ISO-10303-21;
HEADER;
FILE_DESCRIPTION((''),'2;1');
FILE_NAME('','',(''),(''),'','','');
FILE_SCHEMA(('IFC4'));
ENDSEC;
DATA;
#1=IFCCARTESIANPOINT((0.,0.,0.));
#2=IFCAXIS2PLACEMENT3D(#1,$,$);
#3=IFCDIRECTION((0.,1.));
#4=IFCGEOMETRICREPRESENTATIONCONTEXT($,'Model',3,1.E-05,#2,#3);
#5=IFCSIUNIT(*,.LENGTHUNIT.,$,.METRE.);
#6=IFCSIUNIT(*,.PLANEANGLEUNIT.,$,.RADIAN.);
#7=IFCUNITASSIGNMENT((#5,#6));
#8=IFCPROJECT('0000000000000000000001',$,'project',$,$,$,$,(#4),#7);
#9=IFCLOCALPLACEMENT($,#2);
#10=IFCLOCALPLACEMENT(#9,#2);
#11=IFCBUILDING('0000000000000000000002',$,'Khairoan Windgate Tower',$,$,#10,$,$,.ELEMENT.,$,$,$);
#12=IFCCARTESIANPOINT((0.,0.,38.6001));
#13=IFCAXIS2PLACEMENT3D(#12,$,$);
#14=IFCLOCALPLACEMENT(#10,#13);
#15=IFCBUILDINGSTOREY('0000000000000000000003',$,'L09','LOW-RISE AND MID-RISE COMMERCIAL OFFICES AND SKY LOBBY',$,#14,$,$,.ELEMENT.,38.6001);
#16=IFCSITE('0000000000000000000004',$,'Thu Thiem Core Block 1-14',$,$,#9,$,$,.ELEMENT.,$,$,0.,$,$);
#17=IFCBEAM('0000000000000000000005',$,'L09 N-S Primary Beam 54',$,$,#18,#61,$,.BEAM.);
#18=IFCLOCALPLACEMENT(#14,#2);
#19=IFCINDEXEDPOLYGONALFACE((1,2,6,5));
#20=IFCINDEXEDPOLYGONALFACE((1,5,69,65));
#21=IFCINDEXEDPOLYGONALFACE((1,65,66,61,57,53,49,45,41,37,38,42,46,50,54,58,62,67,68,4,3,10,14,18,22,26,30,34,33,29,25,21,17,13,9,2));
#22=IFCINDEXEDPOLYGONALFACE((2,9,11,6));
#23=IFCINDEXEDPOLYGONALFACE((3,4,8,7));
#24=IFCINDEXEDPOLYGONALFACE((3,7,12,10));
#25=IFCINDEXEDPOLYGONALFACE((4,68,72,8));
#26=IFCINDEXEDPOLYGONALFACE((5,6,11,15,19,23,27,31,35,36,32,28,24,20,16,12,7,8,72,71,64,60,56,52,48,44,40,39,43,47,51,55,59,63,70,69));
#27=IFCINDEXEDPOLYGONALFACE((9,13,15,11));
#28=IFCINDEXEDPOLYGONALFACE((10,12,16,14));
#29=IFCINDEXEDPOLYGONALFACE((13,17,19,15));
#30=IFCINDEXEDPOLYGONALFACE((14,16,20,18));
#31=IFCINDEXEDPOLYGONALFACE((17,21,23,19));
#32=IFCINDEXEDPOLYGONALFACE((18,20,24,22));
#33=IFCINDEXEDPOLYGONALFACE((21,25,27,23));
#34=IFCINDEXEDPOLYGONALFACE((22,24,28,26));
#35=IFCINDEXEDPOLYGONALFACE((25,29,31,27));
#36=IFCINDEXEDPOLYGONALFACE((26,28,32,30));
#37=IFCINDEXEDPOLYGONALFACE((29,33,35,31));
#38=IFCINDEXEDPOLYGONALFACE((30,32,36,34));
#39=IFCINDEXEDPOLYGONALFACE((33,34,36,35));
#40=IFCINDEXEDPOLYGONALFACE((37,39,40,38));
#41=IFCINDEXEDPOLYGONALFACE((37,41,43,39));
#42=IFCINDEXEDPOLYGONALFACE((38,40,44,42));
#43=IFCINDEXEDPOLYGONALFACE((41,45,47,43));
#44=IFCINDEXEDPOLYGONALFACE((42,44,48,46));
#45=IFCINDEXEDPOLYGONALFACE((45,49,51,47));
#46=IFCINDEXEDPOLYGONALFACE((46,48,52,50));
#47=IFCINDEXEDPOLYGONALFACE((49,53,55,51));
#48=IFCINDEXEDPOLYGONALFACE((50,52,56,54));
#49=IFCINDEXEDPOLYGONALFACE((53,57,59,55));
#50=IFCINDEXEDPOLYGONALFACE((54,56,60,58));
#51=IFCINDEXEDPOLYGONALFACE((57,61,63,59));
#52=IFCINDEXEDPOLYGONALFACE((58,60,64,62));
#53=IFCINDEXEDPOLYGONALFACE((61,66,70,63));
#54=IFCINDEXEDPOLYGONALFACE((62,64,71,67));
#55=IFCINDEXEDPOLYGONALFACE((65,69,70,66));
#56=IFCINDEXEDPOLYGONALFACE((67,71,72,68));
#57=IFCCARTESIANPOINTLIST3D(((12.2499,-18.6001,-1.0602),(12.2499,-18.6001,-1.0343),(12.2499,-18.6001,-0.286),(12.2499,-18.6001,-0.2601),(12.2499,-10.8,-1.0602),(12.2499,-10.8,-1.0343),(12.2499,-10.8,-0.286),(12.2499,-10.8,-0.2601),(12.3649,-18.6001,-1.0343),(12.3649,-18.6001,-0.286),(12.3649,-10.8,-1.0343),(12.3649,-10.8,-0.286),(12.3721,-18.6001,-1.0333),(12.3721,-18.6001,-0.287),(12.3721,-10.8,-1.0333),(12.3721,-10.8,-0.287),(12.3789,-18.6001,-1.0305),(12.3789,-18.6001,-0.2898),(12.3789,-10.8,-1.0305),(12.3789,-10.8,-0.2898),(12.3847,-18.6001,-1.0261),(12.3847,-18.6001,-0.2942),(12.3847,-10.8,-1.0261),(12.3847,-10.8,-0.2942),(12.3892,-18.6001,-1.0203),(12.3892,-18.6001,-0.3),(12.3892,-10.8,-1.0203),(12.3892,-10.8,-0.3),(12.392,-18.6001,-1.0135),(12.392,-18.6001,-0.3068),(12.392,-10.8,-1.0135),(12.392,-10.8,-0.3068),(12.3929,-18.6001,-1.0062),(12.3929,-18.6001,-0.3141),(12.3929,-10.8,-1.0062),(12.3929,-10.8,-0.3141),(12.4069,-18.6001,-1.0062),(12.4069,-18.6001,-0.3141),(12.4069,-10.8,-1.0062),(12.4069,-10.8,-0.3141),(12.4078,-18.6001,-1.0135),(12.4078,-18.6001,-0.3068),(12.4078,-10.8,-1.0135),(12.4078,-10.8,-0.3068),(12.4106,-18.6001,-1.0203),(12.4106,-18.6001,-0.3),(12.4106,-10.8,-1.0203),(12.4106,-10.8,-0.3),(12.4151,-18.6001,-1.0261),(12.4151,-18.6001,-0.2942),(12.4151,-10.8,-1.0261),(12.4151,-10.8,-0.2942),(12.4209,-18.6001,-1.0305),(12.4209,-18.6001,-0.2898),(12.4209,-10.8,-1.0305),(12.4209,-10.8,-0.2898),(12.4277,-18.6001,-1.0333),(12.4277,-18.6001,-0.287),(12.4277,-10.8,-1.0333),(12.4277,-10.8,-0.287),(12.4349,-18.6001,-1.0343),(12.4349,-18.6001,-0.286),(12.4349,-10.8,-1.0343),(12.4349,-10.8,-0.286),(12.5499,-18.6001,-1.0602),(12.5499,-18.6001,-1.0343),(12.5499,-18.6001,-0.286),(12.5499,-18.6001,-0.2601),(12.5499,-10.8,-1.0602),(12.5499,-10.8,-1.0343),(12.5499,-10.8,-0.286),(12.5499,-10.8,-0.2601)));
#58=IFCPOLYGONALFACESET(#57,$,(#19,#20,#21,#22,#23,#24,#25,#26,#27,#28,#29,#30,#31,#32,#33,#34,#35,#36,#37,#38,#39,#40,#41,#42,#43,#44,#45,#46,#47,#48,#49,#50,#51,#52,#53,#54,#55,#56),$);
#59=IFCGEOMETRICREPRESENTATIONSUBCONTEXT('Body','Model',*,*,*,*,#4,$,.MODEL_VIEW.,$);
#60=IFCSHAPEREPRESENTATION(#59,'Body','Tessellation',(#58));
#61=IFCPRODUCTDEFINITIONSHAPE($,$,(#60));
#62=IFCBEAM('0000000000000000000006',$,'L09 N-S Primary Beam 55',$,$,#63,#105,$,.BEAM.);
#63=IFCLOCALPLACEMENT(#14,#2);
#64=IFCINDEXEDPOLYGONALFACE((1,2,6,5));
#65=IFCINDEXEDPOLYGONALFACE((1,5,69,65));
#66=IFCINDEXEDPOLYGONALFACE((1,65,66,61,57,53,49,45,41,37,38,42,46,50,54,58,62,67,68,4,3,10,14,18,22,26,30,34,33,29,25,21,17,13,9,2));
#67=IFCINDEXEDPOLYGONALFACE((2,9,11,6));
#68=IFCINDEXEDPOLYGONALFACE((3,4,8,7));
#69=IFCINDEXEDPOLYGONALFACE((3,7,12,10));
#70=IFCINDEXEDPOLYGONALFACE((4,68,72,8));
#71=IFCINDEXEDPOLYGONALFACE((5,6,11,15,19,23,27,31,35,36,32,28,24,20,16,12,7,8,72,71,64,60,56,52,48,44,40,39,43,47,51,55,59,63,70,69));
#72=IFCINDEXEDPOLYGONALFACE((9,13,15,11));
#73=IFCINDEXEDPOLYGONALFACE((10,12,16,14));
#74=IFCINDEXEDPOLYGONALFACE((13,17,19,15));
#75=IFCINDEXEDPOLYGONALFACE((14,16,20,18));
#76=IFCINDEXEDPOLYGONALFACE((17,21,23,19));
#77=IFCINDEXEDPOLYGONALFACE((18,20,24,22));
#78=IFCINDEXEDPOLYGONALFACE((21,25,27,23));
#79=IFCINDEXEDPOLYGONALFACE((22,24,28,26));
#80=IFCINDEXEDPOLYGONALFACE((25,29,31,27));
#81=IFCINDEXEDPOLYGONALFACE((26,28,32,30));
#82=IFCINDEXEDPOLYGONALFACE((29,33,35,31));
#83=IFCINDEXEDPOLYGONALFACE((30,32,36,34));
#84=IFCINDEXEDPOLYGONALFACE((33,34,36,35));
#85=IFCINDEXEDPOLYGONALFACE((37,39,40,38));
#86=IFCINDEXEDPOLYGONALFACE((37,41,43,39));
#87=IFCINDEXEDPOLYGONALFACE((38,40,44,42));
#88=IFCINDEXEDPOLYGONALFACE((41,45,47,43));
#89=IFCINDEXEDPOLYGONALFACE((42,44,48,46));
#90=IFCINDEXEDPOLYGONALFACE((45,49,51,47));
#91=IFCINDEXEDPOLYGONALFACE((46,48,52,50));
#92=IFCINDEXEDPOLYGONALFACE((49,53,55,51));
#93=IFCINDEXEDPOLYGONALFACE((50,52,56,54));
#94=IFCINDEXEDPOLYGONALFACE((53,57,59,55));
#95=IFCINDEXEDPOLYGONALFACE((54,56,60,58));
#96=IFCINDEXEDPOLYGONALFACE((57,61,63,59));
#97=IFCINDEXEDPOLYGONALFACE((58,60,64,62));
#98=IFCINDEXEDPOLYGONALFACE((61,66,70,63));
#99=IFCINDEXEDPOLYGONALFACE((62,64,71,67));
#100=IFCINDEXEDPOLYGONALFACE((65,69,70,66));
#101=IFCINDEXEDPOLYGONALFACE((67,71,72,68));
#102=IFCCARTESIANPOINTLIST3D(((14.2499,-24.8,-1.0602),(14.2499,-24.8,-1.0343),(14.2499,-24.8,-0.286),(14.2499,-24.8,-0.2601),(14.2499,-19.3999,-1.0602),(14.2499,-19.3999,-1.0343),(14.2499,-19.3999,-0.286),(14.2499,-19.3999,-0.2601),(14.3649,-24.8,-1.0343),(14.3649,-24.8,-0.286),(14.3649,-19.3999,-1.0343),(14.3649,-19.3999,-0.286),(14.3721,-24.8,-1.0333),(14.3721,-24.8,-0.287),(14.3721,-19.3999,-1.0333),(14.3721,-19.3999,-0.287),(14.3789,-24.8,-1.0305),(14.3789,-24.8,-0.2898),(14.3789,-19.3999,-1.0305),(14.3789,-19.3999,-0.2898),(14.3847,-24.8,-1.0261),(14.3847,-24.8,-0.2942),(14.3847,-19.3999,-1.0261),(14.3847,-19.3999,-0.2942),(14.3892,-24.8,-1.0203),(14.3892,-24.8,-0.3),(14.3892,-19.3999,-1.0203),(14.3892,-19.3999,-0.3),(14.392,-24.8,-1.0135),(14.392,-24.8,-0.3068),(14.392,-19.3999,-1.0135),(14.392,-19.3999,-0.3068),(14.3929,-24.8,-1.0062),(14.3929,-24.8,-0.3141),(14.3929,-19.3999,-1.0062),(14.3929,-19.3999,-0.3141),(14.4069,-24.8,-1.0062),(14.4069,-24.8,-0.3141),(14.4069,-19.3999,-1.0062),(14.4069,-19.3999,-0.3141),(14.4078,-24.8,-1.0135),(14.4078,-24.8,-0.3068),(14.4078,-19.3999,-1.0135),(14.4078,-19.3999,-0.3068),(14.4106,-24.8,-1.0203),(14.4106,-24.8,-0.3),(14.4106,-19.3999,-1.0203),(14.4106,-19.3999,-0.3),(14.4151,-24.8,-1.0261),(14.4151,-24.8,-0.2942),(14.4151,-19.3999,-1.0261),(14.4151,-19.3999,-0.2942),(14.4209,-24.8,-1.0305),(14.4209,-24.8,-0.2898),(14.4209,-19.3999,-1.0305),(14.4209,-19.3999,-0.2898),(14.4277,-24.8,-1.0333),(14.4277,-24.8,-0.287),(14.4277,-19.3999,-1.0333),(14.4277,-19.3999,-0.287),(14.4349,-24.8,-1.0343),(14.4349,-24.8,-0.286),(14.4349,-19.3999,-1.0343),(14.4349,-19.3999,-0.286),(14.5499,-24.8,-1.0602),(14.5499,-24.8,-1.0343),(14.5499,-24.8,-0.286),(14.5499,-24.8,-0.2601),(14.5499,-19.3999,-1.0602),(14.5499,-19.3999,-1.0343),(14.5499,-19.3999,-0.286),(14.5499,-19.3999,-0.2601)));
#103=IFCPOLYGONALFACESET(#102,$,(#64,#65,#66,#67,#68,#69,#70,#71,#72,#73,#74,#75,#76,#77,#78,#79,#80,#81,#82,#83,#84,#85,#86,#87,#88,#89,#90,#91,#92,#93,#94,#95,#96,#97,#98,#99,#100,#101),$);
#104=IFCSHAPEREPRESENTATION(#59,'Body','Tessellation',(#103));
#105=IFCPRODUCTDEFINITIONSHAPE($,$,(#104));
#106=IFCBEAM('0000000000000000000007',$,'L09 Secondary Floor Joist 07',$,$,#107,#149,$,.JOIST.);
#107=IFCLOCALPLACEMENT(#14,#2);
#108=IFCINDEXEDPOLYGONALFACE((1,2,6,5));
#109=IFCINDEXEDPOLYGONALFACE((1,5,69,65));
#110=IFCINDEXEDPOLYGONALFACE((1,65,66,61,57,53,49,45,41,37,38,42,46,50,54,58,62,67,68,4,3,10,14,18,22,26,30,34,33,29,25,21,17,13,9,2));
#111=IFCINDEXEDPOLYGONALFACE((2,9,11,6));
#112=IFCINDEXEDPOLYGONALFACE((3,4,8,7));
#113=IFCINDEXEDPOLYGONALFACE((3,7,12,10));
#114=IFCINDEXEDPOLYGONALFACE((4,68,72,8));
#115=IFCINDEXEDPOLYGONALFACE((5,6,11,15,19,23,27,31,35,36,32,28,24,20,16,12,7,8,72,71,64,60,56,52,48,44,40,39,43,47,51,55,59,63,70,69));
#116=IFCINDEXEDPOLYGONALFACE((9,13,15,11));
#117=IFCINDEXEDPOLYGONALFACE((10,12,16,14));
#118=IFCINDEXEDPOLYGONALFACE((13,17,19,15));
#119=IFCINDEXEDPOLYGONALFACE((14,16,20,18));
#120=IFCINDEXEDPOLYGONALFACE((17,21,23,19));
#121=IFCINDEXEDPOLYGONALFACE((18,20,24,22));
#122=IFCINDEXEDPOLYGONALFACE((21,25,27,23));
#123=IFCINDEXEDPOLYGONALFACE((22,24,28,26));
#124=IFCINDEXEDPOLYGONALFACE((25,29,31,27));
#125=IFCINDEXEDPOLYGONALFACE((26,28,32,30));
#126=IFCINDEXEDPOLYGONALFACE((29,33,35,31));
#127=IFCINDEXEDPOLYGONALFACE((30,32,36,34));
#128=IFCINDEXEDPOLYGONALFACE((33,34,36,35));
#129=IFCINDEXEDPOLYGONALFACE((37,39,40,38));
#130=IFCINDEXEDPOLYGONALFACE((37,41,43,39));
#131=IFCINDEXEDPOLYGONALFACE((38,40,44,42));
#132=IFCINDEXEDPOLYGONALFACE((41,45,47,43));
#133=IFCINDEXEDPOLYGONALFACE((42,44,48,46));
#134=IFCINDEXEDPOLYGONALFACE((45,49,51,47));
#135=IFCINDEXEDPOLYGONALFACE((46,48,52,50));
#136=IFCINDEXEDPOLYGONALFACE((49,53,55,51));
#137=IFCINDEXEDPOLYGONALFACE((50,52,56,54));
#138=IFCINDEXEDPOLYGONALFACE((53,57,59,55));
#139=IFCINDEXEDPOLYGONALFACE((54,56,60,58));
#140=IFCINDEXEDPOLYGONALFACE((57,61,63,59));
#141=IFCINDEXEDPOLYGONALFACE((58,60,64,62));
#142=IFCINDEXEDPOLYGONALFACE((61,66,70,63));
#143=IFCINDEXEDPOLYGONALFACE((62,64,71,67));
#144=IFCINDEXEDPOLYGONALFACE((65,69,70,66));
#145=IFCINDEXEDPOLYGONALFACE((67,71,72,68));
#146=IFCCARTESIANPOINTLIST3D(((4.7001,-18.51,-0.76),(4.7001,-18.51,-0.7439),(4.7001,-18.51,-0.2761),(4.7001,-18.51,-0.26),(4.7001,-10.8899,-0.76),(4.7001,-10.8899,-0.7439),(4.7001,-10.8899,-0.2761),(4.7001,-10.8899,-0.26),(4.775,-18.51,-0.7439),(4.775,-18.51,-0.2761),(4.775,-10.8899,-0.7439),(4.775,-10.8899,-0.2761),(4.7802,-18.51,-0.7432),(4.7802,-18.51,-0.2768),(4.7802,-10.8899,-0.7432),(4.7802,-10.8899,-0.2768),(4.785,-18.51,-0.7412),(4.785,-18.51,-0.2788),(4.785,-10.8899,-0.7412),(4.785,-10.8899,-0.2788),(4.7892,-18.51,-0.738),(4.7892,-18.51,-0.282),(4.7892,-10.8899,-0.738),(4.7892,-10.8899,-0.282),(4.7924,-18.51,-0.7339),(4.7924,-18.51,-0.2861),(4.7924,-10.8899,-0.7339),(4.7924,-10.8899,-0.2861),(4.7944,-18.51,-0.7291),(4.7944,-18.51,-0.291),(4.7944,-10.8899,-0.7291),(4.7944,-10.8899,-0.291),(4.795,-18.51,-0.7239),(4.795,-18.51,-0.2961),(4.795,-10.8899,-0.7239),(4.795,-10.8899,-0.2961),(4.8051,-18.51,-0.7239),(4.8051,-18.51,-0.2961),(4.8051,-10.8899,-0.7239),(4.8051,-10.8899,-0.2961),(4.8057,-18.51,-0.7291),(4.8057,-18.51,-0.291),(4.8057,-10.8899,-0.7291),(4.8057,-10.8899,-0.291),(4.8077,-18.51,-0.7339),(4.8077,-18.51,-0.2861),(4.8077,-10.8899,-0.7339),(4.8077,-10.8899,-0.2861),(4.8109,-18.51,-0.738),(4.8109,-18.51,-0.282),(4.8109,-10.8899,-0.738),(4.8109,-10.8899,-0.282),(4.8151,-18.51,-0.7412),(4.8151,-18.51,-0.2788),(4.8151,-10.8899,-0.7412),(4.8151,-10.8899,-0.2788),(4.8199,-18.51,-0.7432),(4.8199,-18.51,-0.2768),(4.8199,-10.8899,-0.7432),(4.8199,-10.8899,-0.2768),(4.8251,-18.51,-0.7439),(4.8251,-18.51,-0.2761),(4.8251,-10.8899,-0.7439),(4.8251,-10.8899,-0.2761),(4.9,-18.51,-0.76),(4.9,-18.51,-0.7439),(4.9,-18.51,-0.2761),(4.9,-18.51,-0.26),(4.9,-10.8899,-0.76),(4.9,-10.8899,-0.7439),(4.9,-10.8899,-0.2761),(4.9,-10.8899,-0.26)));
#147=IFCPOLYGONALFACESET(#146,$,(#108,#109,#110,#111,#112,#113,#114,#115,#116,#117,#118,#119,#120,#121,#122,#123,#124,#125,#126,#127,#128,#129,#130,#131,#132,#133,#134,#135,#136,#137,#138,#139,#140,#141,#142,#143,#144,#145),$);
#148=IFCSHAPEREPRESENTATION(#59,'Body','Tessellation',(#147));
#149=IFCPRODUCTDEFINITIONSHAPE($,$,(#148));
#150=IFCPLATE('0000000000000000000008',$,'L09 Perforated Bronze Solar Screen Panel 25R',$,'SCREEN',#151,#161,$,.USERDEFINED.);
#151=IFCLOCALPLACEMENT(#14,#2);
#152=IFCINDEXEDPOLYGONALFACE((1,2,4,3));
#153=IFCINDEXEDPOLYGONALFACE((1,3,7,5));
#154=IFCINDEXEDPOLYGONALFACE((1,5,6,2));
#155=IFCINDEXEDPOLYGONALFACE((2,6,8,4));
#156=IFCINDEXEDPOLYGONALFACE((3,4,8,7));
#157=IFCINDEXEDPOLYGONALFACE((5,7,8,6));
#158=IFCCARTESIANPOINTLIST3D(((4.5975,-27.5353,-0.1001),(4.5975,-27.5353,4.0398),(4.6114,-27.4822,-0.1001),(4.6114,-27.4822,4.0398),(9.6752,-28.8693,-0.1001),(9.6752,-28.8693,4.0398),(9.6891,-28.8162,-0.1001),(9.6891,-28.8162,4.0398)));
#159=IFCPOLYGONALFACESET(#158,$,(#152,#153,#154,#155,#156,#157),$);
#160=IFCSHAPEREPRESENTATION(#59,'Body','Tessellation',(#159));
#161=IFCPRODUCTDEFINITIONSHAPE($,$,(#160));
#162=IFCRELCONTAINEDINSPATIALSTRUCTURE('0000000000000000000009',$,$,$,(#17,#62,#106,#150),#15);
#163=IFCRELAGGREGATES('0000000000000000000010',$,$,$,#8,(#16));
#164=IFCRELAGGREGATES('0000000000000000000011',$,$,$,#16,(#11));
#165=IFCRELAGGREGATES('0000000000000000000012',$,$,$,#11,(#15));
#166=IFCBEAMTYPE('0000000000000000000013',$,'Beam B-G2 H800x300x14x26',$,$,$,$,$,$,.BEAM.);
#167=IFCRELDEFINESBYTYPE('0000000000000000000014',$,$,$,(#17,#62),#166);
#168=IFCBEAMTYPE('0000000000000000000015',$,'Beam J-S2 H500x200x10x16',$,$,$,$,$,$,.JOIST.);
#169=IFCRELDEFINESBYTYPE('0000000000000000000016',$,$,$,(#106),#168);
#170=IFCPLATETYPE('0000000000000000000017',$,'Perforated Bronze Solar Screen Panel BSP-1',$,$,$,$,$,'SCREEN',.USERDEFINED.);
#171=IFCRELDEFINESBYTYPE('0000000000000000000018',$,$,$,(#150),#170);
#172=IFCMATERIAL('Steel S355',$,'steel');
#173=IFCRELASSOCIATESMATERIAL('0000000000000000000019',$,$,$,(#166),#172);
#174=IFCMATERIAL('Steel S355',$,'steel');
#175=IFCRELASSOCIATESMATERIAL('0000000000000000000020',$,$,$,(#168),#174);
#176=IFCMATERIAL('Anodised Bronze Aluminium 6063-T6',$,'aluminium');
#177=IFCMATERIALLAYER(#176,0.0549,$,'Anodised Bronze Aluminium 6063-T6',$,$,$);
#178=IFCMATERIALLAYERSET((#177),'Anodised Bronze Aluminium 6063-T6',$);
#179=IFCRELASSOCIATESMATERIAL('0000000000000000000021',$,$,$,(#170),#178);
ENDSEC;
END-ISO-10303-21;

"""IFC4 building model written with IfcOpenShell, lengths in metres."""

from ifc_helpers import new_model, si_unit, direction, frame, origin, origin_2d, place, context, subcontext, project, spatial, rectangle, i_section, extrude, material, layer, layer_set, material_profile, profile_set, type_object, element, save


model = new_model("IFC4")

# Units and contexts
model_context = context("Model", 3, precision=1e-05, world=origin(), true_north=direction((0.0, 1.0)))
body_context = subcontext(model_context, "Body", "Model", "MODEL_VIEW")
ifc_project = project(units=[si_unit("LENGTHUNIT", "METRE"), si_unit("PLANEANGLEUNIT", "RADIAN")], contexts=[model_context])

# Site, building, storey
site_placement = place(None, origin())
site = spatial("IfcSite", under=ifc_project, at=site_placement, Name="Thu Thiem Core Block 1-14", CompositionType="ELEMENT", RefElevation=0.0)
building_placement = place(site_placement, origin())
building = spatial("IfcBuilding", under=site, at=building_placement, Name="Khairoan Windgate Tower", CompositionType="ELEMENT")
storey_placement = place(building_placement, frame((0.0, 0.0, 38.6001)))
storey = spatial("IfcBuildingStorey", under=building, at=storey_placement, Name="L09", Description="LOW-RISE AND MID-RISE COMMERCIAL OFFICES AND SKY LOBBY", CompositionType="ELEMENT", Elevation=38.6001)

# Beams
ifc_material_1 = material(Name="Steel S355", Category="steel")
ifc_material_profile_1 = material_profile(ifc_material_1, i_section(OverallWidth=0.3, OverallDepth=0.8, WebThickness=0.0139, FlangeThickness=0.0259, FilletRadius=0.0281, at=origin_2d()))
ifc_profile_set_1 = profile_set([ifc_material_profile_1], Name="Steel S355")
beam_type_1 = type_object("IfcBeamType", Name="Beam B-G2 H800x300x14x26", PredefinedType="BEAM", material=ifc_profile_set_1)
for number, where, z_axis, x_axis, name in (
    (1, (12.3999, -18.6001, -0.6602), (0.0, 1.0, 0.0), (-1.0, 0.0, 0.0), "L09 N-S Primary Beam 54"),
):
    element("IfcBeam", number, at=place(storey_placement, frame(where, z_axis=z_axis, x_axis=x_axis)), inside=storey, type_object=beam_type_1, Name=name, PredefinedType="BEAM", context=body_context, shape_type="SweptSolid", body=[
        extrude(i_section(OverallWidth=0.3, OverallDepth=0.8, WebThickness=0.0139, FlangeThickness=0.0259, FilletRadius=0.0281, at=origin_2d()), origin(), (0.0, 0.0, 1.0), 7.8),
    ])
beam_1_placement = place(storey_placement, frame((14.3999, -24.8, -0.6602), z_axis=(0.0, 1.0, 0.0), x_axis=(-1.0, 0.0, 0.0)))
element("IfcBeam", 2, at=beam_1_placement, inside=storey, type_object=beam_type_1, Name="L09 N-S Primary Beam 55", PredefinedType="BEAM", context=body_context, shape_type="SweptSolid", body=[
    extrude(i_section(OverallWidth=0.3, OverallDepth=0.8, WebThickness=0.0139, FlangeThickness=0.0259, FilletRadius=0.0281, at=origin_2d()), origin(), (0.0, 0.0, 1.0), 5.4001),
])
ifc_material_2 = material(Name="Steel S355", Category="steel")
ifc_material_profile_2 = material_profile(ifc_material_2, i_section(OverallWidth=0.2, OverallDepth=0.5, WebThickness=0.01, FlangeThickness=0.0161, FilletRadius=0.02, at=origin_2d()))
ifc_profile_set_2 = profile_set([ifc_material_profile_2], Name="Steel S355")
beam_type_2 = type_object("IfcBeamType", Name="Beam J-S2 H500x200x10x16", PredefinedType="JOIST", material=ifc_profile_set_2)
beam_2_placement = place(storey_placement, frame((4.8, -18.51, -0.51), z_axis=(0.0, 1.0, 0.0), x_axis=(-1.0, 0.0, 0.0)))
element("IfcBeam", 3, at=beam_2_placement, inside=storey, type_object=beam_type_2, Name="L09 Secondary Floor Joist 07", PredefinedType="JOIST", context=body_context, shape_type="SweptSolid", body=[
    extrude(i_section(OverallWidth=0.2, OverallDepth=0.5, WebThickness=0.01, FlangeThickness=0.0161, FilletRadius=0.02, at=origin_2d()), origin(), (0.0, 0.0, 1.0), 7.6201),
])

# Plate
ifc_material_3 = material(Name="Anodised Bronze Aluminium 6063-T6", Category="aluminium")
ifc_layer_1 = layer(ifc_material_3, 0.0549, Name="Anodised Bronze Aluminium 6063-T6")
ifc_layer_set_1 = layer_set([ifc_layer_1], Name="Anodised Bronze Aluminium 6063-T6")
plate_type = type_object("IfcPlateType", Name="Perforated Bronze Solar Screen Panel BSP-1", ElementType="SCREEN", PredefinedType="USERDEFINED", material=ifc_layer_set_1)
plate_placement = place(storey_placement, frame((7.1433, -28.1758, -0.1001), z_axis=(0.0, 0.0, 1.0), x_axis=(-0.967179, 0.254096, 0.0)))
element("IfcPlate", 4, at=plate_placement, inside=storey, type_object=plate_type, Name="L09 Perforated Bronze Solar Screen Panel 25R", ObjectType="SCREEN", PredefinedType="USERDEFINED", context=body_context, shape_type="SweptSolid", body=[
    extrude(rectangle(XDim=5.25, YDim=0.0549, at=origin_2d()), origin(), (0.0, 0.0, 1.0), 4.1399),
])

save(model, "model.ifc")
